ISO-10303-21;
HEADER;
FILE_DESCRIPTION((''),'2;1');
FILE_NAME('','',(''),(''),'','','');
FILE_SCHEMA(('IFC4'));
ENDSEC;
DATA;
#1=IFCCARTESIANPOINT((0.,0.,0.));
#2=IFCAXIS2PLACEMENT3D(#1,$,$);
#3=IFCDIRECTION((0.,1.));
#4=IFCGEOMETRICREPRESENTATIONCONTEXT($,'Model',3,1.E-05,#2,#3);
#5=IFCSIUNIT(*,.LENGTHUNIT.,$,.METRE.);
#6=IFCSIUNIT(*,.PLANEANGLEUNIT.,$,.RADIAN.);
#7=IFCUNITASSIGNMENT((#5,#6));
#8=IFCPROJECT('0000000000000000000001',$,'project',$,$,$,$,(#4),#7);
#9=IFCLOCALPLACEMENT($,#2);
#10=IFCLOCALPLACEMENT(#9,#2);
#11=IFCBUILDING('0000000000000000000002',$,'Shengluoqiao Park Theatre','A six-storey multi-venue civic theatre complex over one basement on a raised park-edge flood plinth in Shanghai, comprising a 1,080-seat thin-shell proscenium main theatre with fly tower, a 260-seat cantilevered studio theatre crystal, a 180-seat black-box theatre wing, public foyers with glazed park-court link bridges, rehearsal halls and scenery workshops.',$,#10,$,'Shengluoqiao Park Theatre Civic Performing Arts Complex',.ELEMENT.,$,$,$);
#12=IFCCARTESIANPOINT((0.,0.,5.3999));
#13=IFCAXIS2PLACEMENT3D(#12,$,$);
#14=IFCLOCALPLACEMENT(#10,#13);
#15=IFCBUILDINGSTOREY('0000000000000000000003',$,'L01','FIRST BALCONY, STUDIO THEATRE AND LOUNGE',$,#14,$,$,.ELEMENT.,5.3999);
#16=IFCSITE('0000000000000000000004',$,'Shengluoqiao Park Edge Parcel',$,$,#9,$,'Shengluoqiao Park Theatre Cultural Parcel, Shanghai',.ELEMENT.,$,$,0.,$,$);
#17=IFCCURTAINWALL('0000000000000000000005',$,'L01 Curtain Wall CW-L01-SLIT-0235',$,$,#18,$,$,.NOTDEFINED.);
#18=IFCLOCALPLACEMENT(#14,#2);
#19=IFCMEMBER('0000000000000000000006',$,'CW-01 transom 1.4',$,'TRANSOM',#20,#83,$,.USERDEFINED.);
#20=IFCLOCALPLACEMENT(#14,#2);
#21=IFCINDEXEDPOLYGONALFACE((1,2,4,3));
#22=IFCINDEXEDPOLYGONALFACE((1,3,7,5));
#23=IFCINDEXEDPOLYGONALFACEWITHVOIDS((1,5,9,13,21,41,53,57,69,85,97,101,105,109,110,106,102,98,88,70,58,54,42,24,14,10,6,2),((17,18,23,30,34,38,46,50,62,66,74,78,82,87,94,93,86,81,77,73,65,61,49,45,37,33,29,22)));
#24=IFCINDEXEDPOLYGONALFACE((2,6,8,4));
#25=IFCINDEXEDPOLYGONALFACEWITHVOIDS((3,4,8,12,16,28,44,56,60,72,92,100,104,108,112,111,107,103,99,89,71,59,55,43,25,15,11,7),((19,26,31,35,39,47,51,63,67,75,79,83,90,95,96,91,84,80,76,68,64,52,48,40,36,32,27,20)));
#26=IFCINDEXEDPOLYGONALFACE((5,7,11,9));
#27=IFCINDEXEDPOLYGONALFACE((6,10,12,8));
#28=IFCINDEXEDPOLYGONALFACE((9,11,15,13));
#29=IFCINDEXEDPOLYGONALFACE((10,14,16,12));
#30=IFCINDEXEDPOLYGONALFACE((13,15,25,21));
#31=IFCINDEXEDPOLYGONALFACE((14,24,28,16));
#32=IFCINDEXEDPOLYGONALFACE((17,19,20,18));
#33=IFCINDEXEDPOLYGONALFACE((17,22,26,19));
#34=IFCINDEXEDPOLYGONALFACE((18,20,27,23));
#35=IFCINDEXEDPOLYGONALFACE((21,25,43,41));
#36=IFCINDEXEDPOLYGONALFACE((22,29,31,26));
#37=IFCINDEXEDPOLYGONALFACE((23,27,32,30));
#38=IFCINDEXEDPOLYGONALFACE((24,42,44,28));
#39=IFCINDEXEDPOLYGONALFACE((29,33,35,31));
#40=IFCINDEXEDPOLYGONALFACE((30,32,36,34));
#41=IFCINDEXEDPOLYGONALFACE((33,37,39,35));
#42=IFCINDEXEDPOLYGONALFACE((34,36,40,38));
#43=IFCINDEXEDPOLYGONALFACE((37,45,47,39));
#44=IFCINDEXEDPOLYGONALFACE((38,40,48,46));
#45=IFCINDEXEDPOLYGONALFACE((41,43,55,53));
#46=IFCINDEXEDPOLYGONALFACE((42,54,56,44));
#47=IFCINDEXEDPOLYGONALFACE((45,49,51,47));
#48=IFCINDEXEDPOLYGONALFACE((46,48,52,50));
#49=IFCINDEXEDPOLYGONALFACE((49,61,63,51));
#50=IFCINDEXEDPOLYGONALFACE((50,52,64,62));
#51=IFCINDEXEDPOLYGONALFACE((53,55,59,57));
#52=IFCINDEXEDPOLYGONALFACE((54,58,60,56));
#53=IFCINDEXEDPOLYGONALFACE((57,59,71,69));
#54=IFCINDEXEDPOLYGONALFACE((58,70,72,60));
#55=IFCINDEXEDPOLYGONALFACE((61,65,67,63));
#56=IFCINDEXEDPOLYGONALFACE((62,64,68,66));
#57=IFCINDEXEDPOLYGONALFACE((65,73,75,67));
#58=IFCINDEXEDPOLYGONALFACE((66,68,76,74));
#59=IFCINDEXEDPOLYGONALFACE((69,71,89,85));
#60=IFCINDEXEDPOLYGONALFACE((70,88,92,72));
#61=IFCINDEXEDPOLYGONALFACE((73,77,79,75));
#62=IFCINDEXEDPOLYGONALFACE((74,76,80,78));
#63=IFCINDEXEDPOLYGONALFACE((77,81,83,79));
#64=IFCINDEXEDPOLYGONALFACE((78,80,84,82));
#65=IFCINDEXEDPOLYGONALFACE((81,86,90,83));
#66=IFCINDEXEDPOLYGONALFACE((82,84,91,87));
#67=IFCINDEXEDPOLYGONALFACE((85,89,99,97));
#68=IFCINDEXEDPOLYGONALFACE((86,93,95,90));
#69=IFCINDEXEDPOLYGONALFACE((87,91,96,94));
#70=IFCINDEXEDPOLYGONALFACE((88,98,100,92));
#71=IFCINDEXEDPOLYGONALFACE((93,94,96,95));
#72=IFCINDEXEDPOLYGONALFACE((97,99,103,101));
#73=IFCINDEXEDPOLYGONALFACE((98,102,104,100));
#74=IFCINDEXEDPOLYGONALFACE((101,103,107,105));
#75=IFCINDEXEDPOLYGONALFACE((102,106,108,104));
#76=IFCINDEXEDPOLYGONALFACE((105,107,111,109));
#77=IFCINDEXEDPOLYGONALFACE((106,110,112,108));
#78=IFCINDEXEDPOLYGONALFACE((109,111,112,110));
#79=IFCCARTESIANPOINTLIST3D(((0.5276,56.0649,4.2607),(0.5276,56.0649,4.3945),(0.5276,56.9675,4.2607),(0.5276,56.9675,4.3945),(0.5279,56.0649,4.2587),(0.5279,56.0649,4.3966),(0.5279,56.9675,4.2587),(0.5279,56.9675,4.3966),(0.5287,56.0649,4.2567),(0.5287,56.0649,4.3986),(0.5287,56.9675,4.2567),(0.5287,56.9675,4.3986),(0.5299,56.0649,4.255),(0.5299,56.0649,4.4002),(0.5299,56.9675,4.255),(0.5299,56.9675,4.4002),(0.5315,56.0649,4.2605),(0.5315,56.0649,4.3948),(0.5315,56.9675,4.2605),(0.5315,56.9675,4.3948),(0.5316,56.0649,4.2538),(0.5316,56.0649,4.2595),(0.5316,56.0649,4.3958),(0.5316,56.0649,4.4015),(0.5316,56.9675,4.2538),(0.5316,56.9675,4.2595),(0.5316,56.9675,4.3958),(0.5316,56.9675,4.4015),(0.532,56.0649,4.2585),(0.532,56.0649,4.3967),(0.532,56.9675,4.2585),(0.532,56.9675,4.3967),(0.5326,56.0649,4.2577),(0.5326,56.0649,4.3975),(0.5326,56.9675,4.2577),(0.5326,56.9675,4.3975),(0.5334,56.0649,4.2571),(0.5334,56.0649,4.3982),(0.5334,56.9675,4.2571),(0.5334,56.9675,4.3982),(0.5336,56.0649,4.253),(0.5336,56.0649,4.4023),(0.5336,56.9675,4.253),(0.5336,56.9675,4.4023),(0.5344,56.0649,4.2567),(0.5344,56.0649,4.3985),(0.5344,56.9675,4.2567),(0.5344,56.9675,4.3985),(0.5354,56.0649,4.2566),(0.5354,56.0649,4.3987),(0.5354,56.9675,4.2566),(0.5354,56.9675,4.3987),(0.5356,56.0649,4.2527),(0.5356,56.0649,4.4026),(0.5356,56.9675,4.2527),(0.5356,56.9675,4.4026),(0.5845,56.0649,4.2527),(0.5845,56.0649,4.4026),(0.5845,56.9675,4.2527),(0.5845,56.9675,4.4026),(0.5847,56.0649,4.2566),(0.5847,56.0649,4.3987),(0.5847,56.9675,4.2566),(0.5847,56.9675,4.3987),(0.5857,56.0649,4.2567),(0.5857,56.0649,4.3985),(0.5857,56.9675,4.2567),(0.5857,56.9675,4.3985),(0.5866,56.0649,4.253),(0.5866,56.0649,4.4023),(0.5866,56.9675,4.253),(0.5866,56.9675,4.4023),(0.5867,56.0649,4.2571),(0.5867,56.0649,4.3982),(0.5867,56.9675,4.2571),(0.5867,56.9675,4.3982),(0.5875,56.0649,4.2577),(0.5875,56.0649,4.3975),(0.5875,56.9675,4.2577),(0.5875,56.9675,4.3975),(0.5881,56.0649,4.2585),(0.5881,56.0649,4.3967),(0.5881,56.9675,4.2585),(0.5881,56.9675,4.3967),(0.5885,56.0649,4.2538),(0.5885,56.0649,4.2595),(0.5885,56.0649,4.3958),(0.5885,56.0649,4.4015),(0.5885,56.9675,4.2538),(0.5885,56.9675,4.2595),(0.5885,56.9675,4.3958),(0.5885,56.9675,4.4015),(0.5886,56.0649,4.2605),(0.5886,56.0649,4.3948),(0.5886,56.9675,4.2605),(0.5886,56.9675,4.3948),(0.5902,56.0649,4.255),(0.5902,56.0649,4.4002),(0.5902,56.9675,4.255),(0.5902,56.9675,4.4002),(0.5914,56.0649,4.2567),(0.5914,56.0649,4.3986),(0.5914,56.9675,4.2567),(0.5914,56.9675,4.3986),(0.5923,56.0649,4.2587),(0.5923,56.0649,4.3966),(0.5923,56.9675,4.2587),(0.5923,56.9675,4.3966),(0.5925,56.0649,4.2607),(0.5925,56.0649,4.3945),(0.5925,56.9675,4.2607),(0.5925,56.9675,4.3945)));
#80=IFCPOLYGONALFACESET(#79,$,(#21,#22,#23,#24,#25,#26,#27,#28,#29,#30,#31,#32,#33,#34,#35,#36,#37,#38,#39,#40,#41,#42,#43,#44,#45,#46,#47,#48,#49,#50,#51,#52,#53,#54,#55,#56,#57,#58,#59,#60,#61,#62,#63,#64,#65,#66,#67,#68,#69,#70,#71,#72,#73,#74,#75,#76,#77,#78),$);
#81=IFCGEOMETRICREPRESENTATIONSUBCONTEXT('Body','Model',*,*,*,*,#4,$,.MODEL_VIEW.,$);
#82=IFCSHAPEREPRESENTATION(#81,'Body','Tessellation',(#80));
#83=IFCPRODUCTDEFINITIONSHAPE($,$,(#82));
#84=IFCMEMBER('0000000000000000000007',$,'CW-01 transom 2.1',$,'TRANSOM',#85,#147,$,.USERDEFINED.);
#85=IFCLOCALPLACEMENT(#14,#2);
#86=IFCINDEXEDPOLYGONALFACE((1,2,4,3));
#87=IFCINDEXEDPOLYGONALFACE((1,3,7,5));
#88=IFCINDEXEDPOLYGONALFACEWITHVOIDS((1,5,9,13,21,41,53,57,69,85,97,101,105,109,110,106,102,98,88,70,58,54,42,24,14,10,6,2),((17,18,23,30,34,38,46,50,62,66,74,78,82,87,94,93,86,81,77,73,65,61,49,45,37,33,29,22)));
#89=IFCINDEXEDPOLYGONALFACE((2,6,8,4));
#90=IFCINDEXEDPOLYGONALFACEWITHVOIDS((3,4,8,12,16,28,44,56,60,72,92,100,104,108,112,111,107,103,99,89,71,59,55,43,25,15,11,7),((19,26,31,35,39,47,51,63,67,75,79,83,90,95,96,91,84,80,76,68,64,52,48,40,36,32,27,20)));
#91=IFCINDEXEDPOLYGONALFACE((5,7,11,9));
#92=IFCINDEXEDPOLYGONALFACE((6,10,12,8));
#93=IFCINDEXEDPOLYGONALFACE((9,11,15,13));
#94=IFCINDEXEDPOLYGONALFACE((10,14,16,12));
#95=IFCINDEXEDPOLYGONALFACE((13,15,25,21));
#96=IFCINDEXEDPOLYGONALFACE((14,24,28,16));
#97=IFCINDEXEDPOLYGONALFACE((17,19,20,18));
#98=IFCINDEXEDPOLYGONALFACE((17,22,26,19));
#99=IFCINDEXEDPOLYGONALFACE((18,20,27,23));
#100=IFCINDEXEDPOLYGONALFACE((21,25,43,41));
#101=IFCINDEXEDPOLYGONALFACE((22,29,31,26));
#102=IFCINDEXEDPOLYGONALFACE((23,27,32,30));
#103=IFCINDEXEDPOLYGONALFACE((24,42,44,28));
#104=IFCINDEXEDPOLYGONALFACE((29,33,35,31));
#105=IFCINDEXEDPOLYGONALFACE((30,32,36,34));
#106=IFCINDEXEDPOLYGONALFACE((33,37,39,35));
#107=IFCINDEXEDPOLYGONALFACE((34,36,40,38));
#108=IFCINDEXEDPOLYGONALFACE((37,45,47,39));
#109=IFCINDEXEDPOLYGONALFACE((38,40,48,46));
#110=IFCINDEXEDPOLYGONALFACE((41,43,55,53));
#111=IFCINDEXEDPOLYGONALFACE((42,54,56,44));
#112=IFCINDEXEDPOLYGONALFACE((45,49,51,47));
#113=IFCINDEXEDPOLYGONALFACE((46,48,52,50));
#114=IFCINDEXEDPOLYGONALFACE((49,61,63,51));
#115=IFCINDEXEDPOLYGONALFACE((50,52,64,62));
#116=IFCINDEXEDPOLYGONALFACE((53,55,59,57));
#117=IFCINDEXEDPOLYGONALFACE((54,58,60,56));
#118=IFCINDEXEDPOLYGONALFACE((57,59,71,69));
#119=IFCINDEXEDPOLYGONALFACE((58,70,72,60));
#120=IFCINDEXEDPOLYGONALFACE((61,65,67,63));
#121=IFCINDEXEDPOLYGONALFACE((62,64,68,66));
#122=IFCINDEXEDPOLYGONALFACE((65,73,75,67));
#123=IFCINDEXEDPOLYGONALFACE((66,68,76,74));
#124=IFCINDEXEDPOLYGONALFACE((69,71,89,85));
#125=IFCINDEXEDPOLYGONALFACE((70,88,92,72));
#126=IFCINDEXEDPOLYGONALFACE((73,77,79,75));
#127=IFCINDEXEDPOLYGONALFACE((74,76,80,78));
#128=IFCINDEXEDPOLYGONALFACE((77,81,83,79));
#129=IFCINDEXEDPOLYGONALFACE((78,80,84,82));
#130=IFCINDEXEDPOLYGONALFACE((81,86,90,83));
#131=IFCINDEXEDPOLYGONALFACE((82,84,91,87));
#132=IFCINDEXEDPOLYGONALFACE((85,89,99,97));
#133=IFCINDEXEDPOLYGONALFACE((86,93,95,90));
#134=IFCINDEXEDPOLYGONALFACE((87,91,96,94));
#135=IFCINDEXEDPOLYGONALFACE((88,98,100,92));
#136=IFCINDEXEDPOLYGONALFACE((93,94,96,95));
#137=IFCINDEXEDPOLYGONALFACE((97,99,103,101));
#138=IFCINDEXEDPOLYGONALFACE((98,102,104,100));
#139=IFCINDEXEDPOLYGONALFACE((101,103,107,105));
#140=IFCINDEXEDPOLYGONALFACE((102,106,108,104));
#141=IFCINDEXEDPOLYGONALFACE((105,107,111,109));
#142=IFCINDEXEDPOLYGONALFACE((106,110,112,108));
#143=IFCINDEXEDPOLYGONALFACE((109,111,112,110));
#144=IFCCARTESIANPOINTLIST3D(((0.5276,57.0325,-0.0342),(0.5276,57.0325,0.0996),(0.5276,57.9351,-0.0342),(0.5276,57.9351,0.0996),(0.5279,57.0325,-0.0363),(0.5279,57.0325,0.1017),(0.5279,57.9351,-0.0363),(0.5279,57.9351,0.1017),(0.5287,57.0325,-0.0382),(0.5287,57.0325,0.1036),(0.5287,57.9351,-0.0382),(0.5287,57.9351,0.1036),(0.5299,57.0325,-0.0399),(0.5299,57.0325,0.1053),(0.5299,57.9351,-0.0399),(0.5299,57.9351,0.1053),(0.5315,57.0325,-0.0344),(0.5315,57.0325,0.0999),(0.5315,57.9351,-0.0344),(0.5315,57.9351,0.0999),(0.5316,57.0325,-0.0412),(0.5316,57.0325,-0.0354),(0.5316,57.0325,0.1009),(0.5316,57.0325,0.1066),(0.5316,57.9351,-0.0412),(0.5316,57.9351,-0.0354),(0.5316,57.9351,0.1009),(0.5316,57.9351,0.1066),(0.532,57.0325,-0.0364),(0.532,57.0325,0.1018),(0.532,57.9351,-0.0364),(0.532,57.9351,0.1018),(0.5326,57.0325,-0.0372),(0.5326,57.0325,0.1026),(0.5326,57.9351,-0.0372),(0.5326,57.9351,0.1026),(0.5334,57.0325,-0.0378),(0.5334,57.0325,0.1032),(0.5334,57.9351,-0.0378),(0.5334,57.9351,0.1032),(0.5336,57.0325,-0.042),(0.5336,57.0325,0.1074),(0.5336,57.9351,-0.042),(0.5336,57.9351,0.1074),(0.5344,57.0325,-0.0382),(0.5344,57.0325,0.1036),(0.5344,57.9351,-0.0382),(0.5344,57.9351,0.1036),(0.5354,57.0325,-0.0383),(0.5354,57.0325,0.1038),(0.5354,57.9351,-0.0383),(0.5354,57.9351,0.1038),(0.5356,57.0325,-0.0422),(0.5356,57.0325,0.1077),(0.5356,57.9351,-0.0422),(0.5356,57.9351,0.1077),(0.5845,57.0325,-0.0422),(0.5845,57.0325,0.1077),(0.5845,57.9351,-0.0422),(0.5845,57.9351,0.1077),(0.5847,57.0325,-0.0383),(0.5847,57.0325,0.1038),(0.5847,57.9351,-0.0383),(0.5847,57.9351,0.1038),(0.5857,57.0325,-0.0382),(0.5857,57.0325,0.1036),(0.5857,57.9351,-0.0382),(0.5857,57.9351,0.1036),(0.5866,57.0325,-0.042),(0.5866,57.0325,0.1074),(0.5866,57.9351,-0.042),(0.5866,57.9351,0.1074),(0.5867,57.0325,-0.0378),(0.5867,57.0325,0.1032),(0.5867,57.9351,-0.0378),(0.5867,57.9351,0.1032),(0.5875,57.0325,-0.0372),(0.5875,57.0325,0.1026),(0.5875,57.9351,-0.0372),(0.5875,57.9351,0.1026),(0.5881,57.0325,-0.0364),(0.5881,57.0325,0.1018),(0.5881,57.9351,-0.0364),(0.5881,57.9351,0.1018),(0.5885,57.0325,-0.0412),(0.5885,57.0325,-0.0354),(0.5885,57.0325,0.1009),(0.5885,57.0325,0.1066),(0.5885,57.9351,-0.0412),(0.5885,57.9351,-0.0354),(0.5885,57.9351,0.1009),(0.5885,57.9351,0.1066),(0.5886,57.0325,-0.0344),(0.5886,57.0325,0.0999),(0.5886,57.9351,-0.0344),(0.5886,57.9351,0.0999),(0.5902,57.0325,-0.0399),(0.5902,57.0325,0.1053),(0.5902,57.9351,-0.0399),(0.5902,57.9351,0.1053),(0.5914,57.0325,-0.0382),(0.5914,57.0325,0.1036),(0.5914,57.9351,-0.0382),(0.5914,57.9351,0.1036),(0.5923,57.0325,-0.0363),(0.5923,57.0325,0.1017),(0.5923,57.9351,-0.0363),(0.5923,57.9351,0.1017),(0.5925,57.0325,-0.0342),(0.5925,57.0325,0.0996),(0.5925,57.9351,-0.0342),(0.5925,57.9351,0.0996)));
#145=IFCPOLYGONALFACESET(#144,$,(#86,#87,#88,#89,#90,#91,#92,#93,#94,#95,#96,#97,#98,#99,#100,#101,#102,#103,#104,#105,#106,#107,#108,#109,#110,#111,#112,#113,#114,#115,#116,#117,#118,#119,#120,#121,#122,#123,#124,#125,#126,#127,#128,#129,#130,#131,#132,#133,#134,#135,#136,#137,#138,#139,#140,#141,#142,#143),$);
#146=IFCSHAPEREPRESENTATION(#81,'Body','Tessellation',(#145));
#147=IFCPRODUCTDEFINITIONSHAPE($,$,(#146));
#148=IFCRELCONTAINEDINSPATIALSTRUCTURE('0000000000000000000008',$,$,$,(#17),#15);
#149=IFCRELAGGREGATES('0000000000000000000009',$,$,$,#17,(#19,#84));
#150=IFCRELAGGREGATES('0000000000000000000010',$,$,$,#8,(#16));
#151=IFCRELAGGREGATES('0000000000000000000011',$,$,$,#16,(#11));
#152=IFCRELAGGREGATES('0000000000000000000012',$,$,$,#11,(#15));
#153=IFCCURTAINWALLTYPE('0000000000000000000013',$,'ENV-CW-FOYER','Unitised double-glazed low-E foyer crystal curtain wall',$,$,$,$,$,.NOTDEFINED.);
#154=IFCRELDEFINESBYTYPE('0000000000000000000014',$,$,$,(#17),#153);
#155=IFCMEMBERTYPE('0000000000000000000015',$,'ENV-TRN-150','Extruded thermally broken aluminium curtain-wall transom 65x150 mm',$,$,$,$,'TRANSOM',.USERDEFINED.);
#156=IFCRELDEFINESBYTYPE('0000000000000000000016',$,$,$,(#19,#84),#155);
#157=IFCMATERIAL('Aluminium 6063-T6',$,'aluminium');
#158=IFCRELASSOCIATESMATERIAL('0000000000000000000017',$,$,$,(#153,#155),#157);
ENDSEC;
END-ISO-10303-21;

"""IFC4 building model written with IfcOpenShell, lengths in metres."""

from ifc_helpers import new_model, si_unit, direction, frame, origin, origin_2d, place, context, subcontext, project, spatial, hollow_rectangle, extrude, material, material_profile, profile_set, type_object, element, aggregate, save


model = new_model("IFC4")

# Units and contexts
model_context = context("Model", 3, precision=1e-05, world=origin(), true_north=direction((0.0, 1.0)))
body_context = subcontext(model_context, "Body", "Model", "MODEL_VIEW")
ifc_project = project(units=[si_unit("LENGTHUNIT", "METRE"), si_unit("PLANEANGLEUNIT", "RADIAN")], contexts=[model_context])

# Site, building, storey
site_placement = place(None, origin())
site = spatial("IfcSite", under=ifc_project, at=site_placement, Name="Shengluoqiao Park Edge Parcel", LongName="Shengluoqiao Park Theatre Cultural Parcel, Shanghai", CompositionType="ELEMENT", RefElevation=0.0)
building_placement = place(site_placement, origin())
building = spatial("IfcBuilding", under=site, at=building_placement, Name="Shengluoqiao Park Theatre", Description="A six-storey multi-venue civic theatre complex over one basement on a raised park-edge flood plinth in Shanghai, comprising a 1,080-seat thin-shell proscenium main theatre with fly tower, a 260-seat cantilevered studio theatre crystal, a 180-seat black-box theatre wing, public foyers with glazed park-court link bridges, rehearsal halls and scenery workshops.", LongName="Shengluoqiao Park Theatre Civic Performing Arts Complex", CompositionType="ELEMENT")
storey_placement = place(building_placement, frame((0.0, 0.0, 5.3999)))
storey = spatial("IfcBuildingStorey", under=building, at=storey_placement, Name="L01", Description="FIRST BALCONY, STUDIO THEATRE AND LOUNGE", CompositionType="ELEMENT", Elevation=5.3999)

# Curtain wall, members
ifc_material_1 = material(Name="Aluminium 6063-T6", Category="aluminium")
curtain_wall_type = type_object("IfcCurtainWallType", Name="ENV-CW-FOYER", Description="Unitised double-glazed low-E foyer crystal curtain wall", PredefinedType="NOTDEFINED", material=ifc_material_1)
curtain_wall_placement = place(storey_placement, origin())
curtain_wall = element("IfcCurtainWall", 1, at=curtain_wall_placement, inside=storey, type_object=curtain_wall_type, Name="L01 Curtain Wall CW-L01-SLIT-0235", PredefinedType="NOTDEFINED")
ifc_material_profile_1 = material_profile(ifc_material_1, hollow_rectangle(XDim=0.0649, YDim=0.1499, WallThickness=0.0039, InnerFilletRadius=0.0039, OuterFilletRadius=0.0081, at=origin_2d()), Name="ALU TRANSOM 150x65x4")
ifc_profile_set_1 = profile_set([ifc_material_profile_1], Name="Aluminium 6063-T6")
member_type_1 = type_object("IfcMemberType", Name="ENV-TRN-150", Description="Extruded thermally broken aluminium curtain-wall transom 65x150 mm", ElementType="TRANSOM", PredefinedType="USERDEFINED", material=ifc_profile_set_1)
member_1_placement = place(storey_placement, frame((0.5601, 56.0649, 4.3276), z_axis=(0.0, 1.0, 0.0), x_axis=(-1.0, 0.0, 0.0)))
member_1 = element("IfcMember", 2, at=member_1_placement, type_object=member_type_1, Name="CW-01 transom 1.4", ObjectType="TRANSOM", PredefinedType="USERDEFINED", context=body_context, shape_type="SweptSolid", body=[
    extrude(hollow_rectangle(XDim=0.0649, YDim=0.1499, WallThickness=0.0039, InnerFilletRadius=0.0039, OuterFilletRadius=0.0081, at=origin_2d()), origin(), (0.0, 0.0, 1.0), 0.9026),
])
member_2_placement = place(storey_placement, frame((0.5601, 57.0325, 0.0327), z_axis=(0.0, 1.0, 0.0), x_axis=(-1.0, 0.0, 0.0)))
member_2 = element("IfcMember", 3, at=member_2_placement, type_object=member_type_1, Name="CW-01 transom 2.1", ObjectType="TRANSOM", PredefinedType="USERDEFINED", context=body_context, shape_type="SweptSolid", body=[
    extrude(hollow_rectangle(XDim=0.0649, YDim=0.1499, WallThickness=0.0039, InnerFilletRadius=0.0039, OuterFilletRadius=0.0081, at=origin_2d()), origin(), (0.0, 0.0, 1.0), 0.9026),
])

aggregate(curtain_wall, [member_1, member_2])

save(model, "model.ifc")
